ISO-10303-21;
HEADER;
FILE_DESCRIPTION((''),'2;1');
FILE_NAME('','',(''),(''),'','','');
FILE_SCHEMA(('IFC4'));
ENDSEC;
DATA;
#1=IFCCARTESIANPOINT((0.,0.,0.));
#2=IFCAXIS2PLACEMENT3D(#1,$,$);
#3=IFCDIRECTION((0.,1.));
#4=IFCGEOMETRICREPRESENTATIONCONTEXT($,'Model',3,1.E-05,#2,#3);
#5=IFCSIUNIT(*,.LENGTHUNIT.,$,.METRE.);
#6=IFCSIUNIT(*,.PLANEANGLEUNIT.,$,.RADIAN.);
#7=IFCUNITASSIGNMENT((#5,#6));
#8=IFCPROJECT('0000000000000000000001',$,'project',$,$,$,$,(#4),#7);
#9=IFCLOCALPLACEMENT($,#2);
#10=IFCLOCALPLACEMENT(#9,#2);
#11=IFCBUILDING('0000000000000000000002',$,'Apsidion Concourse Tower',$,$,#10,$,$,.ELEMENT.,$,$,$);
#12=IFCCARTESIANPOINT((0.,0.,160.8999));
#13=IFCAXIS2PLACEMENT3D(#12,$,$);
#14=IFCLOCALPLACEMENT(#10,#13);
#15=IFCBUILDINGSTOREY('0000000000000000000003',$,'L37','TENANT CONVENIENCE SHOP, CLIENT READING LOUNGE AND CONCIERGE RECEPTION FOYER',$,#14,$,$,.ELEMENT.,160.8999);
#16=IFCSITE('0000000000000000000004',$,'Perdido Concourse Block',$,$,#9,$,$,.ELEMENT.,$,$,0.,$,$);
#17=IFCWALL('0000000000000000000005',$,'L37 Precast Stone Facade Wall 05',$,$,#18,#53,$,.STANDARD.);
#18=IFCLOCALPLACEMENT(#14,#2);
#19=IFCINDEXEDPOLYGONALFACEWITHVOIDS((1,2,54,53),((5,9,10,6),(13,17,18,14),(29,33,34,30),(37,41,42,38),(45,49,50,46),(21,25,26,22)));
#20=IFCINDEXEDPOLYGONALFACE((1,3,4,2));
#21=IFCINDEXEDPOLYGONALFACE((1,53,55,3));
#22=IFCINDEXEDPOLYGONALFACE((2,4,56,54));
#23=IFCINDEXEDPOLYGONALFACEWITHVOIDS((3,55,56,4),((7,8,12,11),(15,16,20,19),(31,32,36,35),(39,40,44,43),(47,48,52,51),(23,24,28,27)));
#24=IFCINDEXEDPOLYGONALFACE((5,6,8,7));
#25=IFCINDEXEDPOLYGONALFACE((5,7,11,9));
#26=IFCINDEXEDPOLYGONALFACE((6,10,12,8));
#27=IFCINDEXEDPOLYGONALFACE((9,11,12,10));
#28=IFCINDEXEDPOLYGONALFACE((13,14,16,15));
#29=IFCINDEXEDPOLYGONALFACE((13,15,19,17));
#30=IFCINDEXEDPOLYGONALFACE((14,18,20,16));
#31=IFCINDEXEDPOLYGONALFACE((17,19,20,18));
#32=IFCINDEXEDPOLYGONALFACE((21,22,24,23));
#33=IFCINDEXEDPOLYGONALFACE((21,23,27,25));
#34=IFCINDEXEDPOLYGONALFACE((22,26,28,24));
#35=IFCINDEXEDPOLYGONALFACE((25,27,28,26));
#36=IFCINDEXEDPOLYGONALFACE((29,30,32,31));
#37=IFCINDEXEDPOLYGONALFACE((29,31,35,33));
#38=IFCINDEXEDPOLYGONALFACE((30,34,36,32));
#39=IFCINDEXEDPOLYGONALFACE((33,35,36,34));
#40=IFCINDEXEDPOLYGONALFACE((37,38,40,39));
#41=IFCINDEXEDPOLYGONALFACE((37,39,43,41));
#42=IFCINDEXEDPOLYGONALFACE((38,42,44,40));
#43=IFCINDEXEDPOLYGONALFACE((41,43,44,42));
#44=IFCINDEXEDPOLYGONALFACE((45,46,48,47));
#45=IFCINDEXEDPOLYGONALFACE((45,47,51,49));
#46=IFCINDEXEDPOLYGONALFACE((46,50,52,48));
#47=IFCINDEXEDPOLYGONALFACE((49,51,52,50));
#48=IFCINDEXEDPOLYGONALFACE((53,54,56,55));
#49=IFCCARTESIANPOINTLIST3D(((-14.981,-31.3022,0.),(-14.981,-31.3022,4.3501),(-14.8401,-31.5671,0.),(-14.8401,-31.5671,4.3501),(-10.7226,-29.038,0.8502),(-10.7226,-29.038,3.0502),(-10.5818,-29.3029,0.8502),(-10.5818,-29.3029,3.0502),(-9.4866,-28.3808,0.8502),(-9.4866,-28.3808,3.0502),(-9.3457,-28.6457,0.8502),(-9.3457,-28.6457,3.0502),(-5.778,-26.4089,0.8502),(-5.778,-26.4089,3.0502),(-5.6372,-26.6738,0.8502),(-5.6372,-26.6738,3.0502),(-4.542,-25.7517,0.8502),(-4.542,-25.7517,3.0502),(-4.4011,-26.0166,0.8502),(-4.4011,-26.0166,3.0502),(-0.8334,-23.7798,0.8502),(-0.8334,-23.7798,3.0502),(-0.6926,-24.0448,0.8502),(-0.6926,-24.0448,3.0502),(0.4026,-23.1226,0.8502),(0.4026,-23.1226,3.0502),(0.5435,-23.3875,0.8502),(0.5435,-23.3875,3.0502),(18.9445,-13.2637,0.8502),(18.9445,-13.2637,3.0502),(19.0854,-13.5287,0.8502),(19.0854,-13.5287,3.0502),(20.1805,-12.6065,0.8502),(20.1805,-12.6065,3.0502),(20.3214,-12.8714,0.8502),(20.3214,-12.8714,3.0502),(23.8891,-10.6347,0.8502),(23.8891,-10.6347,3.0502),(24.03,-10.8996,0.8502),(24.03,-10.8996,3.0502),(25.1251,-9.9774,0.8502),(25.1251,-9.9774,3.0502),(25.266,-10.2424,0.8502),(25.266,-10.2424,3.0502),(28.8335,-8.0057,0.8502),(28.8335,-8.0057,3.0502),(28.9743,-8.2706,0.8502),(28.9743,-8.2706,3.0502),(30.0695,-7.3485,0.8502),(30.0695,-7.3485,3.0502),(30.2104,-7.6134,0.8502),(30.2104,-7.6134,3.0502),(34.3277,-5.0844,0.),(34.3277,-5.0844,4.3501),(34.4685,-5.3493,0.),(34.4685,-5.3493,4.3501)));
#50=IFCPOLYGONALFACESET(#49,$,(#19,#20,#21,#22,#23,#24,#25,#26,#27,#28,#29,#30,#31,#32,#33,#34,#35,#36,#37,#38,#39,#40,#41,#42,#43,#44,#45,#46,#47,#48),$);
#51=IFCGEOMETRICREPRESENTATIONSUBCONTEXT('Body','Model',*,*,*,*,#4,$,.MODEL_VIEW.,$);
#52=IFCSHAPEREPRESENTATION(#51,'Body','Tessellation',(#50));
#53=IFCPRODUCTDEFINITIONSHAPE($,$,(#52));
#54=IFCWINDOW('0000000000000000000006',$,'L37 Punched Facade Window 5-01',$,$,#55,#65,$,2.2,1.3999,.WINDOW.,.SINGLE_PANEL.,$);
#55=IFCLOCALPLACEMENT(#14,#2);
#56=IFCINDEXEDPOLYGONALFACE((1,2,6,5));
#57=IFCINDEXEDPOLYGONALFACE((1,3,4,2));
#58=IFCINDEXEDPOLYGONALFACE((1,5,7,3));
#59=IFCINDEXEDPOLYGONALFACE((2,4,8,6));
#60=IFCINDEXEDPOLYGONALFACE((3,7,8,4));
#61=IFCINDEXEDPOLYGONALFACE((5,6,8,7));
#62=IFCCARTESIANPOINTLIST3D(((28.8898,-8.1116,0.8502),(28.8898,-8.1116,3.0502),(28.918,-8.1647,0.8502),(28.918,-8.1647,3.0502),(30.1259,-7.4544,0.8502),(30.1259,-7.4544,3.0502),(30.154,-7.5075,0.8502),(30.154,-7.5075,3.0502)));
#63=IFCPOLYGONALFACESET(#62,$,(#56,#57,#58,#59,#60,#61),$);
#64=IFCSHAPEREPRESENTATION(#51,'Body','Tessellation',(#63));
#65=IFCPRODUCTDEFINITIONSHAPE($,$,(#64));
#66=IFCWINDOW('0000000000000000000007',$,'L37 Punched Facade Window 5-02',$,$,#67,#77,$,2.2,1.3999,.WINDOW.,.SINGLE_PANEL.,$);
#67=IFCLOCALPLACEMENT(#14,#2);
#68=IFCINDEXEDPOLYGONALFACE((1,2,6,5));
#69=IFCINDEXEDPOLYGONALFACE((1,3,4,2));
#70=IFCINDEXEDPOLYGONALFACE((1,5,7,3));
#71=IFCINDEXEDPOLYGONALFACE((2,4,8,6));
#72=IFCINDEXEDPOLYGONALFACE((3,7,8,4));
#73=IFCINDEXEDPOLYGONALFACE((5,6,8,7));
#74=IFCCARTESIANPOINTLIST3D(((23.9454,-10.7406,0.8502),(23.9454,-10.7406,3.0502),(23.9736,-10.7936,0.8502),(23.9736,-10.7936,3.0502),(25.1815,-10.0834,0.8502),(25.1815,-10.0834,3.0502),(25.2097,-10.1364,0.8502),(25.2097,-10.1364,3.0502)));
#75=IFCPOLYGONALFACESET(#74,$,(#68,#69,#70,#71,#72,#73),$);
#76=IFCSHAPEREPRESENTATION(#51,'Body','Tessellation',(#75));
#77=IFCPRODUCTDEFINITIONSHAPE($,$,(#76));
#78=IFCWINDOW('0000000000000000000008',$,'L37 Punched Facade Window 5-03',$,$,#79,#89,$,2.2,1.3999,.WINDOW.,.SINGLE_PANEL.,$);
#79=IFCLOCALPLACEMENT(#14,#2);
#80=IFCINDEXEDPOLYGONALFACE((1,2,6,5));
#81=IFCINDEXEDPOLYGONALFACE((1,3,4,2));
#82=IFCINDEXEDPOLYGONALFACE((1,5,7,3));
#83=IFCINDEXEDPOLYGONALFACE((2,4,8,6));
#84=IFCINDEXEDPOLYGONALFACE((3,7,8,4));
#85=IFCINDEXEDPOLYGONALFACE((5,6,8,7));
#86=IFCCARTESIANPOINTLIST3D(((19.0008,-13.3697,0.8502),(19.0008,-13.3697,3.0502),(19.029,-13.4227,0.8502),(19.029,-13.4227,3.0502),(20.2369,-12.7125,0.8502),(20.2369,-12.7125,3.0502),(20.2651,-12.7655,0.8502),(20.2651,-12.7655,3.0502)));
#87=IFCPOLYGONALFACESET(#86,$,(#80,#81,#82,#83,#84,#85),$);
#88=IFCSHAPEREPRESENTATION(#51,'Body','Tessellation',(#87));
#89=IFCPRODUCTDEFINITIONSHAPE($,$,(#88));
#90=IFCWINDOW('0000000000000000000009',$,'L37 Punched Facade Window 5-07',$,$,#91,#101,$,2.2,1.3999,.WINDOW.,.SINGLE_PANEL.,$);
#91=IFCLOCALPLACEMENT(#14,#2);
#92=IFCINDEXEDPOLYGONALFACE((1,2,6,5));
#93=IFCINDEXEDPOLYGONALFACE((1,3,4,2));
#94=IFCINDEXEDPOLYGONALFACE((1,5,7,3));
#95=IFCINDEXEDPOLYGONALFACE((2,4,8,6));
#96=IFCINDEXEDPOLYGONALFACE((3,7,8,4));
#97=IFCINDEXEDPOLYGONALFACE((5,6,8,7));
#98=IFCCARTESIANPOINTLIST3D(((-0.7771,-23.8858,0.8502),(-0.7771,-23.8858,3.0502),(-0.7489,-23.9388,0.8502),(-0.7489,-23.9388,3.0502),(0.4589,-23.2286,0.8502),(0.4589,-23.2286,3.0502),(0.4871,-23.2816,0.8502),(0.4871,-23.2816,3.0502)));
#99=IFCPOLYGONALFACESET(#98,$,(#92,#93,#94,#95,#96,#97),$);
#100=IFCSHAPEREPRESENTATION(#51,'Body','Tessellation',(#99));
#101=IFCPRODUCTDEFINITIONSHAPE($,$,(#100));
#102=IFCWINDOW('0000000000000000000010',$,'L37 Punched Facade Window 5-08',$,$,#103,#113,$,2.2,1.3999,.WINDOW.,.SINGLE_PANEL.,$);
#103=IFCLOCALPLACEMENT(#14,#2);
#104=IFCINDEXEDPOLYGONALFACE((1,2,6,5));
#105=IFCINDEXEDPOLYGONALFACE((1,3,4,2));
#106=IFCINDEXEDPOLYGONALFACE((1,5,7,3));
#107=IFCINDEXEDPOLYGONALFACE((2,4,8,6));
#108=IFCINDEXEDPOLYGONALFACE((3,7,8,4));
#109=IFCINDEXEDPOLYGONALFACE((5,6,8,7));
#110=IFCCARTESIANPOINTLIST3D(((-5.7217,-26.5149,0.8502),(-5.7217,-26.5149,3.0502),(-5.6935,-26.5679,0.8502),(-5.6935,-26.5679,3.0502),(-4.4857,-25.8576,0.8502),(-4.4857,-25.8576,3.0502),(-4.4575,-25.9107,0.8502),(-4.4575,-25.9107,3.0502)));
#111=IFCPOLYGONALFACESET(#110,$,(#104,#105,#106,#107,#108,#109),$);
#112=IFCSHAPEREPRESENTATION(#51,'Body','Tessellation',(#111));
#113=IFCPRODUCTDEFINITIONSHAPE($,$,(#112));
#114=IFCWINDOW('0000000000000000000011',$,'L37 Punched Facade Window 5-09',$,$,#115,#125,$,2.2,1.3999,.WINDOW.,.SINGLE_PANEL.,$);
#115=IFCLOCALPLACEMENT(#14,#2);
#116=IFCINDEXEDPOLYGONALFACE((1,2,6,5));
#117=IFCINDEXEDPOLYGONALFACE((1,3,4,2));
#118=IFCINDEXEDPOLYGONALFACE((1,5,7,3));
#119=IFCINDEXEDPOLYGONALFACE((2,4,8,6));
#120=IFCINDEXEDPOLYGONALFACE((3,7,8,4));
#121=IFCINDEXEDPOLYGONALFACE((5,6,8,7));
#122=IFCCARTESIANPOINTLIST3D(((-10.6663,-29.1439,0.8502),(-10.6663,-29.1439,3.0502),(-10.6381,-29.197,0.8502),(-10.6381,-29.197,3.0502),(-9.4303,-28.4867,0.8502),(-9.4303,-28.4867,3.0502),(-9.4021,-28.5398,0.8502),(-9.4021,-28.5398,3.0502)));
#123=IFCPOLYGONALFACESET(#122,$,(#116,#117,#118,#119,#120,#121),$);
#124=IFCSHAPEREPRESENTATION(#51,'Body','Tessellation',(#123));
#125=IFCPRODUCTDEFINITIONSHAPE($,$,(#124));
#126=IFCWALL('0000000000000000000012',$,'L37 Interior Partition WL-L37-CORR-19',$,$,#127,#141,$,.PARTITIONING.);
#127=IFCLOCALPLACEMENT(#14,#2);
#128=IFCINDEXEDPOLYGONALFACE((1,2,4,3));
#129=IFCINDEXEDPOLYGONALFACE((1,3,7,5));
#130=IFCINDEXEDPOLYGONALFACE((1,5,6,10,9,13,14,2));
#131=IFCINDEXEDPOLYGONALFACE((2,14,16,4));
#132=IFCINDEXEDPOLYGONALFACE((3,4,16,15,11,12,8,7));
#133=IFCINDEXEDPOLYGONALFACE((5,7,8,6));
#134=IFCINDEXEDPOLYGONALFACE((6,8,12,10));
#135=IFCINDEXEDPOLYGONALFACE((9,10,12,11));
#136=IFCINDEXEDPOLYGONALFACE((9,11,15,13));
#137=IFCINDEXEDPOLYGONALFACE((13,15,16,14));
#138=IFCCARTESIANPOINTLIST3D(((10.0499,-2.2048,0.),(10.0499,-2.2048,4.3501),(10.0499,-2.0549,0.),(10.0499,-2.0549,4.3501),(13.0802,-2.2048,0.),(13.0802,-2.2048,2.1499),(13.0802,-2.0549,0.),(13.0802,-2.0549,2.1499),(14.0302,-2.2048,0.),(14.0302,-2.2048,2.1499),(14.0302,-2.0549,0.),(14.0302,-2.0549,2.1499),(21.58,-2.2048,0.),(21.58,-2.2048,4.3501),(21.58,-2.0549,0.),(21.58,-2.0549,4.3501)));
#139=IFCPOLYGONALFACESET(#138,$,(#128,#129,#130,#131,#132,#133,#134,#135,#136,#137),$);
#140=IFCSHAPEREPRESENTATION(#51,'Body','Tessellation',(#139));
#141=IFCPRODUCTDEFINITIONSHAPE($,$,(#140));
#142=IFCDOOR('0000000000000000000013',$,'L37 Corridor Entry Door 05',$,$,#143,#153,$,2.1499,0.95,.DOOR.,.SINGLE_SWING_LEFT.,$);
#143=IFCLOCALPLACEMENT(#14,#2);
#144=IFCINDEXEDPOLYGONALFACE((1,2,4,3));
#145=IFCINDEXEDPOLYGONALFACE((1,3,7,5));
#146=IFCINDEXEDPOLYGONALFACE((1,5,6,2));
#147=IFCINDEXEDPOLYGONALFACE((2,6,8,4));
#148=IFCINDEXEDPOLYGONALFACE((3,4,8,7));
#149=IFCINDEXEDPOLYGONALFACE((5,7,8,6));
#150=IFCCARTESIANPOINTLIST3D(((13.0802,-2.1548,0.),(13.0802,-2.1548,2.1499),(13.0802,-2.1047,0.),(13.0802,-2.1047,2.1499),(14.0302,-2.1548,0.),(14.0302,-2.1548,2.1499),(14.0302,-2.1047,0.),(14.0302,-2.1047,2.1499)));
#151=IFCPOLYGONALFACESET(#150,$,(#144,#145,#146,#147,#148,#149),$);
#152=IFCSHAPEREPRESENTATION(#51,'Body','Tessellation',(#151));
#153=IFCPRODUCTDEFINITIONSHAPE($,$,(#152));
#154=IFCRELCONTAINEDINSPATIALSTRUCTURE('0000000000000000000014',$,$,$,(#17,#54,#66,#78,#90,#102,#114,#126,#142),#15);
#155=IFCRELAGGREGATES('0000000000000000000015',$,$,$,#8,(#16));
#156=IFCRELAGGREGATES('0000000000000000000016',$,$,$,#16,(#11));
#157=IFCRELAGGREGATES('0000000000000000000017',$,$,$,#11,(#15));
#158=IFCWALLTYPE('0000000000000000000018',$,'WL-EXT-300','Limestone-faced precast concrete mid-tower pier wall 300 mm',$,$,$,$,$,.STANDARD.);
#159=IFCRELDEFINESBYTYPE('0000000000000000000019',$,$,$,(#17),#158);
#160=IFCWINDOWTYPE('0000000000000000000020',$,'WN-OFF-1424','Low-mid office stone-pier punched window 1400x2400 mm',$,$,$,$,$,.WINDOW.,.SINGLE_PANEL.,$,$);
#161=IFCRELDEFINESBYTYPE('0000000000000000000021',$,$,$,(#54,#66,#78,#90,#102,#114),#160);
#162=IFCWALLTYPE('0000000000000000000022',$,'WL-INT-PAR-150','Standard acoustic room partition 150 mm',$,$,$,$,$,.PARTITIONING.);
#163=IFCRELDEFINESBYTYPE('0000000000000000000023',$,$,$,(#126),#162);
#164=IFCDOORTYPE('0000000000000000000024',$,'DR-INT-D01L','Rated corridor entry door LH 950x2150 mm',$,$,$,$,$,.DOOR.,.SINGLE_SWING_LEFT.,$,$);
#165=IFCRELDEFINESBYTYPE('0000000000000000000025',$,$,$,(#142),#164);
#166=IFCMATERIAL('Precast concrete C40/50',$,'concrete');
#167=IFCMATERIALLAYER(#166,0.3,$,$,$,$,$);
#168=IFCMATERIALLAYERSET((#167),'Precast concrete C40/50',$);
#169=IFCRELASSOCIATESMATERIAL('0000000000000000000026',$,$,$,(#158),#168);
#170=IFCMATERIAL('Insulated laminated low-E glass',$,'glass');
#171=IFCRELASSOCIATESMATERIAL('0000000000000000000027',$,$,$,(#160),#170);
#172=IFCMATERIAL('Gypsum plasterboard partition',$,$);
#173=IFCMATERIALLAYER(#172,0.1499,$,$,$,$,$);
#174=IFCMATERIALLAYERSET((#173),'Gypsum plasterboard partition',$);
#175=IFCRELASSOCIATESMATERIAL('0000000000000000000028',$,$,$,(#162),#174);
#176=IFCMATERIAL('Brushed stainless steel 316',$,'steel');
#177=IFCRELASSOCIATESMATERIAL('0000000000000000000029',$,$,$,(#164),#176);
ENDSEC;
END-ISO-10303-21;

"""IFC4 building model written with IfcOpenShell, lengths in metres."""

from ifc_helpers import new_model, si_unit, direction, frame, frame_2d, origin, place, context, subcontext, project, spatial, rectangle, extrude, material, layer, layer_set, type_object, element, fill, save


model = new_model("IFC4")

# Units and contexts
model_context = context("Model", 3, precision=1e-05, world=origin(), true_north=direction((0.0, 1.0)))
body_context = subcontext(model_context, "Body", "Model", "MODEL_VIEW")
ifc_project = project(units=[si_unit("LENGTHUNIT", "METRE"), si_unit("PLANEANGLEUNIT", "RADIAN")], contexts=[model_context])

# Site, building, storey
site_placement = place(None, origin())
site = spatial("IfcSite", under=ifc_project, at=site_placement, Name="Perdido Concourse Block", CompositionType="ELEMENT", RefElevation=0.0)
building_placement = place(site_placement, origin())
building = spatial("IfcBuilding", under=site, at=building_placement, Name="Apsidion Concourse Tower", CompositionType="ELEMENT")
storey_placement = place(building_placement, frame((0.0, 0.0, 160.8999)))
storey = spatial("IfcBuildingStorey", under=building, at=storey_placement, Name="L37", Description="TENANT CONVENIENCE SHOP, CLIENT READING LOUNGE AND CONCIERGE RECEPTION FOYER", CompositionType="ELEMENT", Elevation=160.8999)

# Shared definitions
ifc_material_1 = material(Name="Insulated laminated low-E glass", Category="glass")

# Shared definitions
ifc_material_2 = material(Name="Precast concrete C40/50", Category="concrete")
ifc_layer_1 = layer(ifc_material_2, 0.3)
ifc_layer_set_1 = layer_set([ifc_layer_1], Name="Precast concrete C40/50")
wall_type_1 = type_object("IfcWallType", Name="WL-EXT-300", Description="Limestone-faced precast concrete mid-tower pier wall 300 mm", PredefinedType="STANDARD", material=ifc_layer_set_1)

# Wall, openings, windows
wall_1_placement = place(storey_placement, frame((34.3982, -5.2168, 0.0), z_axis=(0.0, 0.0, 1.0), x_axis=(-0.882948, -0.469471, 0.0)))
wall_1 = element("IfcWall", 1, at=wall_1_placement, inside=storey, type_object=wall_type_1, Name="L37 Precast Stone Facade Wall 05", PredefinedType="STANDARD", context=body_context, shape_type="SweptSolid", body=[
    extrude(rectangle(XDim=55.8455, YDim=0.3, at=frame_2d((27.9229, 0.0))), origin(), (0.0, 0.0, 1.0), 4.3501),
])
opening_1_placement = place(wall_1_placement, frame((4.8228, 0.0, 0.8501)))
opening_1 = element("IfcOpeningElement", 2, at=opening_1_placement, cuts=wall_1, PredefinedType="OPENING", context=body_context, shape_type="SweptSolid", body=[
    extrude(rectangle(XDim=1.3999, YDim=2.2, at=frame_2d((0.7, 1.1001))), frame((0.0, 0.1602, 0.0), z_axis=(0.0, -1.0, 0.0), x_axis=(1.0, 0.0, 0.0)), (0.0, 0.0, 1.0), 0.3201),
])
opening_2_placement = place(wall_1_placement, frame((10.4226, 0.0, 0.8501)))
opening_2 = element("IfcOpeningElement", 3, at=opening_2_placement, cuts=wall_1, PredefinedType="OPENING", context=body_context, shape_type="SweptSolid", body=[
    extrude(rectangle(XDim=1.3999, YDim=2.2, at=frame_2d((0.7, 1.1001))), frame((0.0, 0.1602, 0.0), z_axis=(0.0, -1.0, 0.0), x_axis=(1.0, 0.0, 0.0)), (0.0, 0.0, 1.0), 0.3201),
])
opening_3_placement = place(wall_1_placement, frame((16.0227, 0.0, 0.8501)))
opening_3 = element("IfcOpeningElement", 4, at=opening_3_placement, cuts=wall_1, PredefinedType="OPENING", context=body_context, shape_type="SweptSolid", body=[
    extrude(rectangle(XDim=1.3999, YDim=2.2, at=frame_2d((0.7, 1.1001))), frame((0.0, 0.1602, 0.0), z_axis=(0.0, -1.0, 0.0), x_axis=(1.0, 0.0, 0.0)), (0.0, 0.0, 1.0), 0.3201),
])
opening_4_placement = place(wall_1_placement, frame((38.4226, 0.0, 0.8501)))
opening_4 = element("IfcOpeningElement", 5, at=opening_4_placement, cuts=wall_1, PredefinedType="OPENING", context=body_context, shape_type="SweptSolid", body=[
    extrude(rectangle(XDim=1.3999, YDim=2.2, at=frame_2d((0.7, 1.1001))), frame((0.0, 0.1602, 0.0), z_axis=(0.0, -1.0, 0.0), x_axis=(1.0, 0.0, 0.0)), (0.0, 0.0, 1.0), 0.3201),
])
opening_5_placement = place(wall_1_placement, frame((44.0227, 0.0, 0.8501)))
opening_5 = element("IfcOpeningElement", 6, at=opening_5_placement, cuts=wall_1, PredefinedType="OPENING", context=body_context, shape_type="SweptSolid", body=[
    extrude(rectangle(XDim=1.3999, YDim=2.2, at=frame_2d((0.7, 1.1001))), frame((0.0, 0.1602, 0.0), z_axis=(0.0, -1.0, 0.0), x_axis=(1.0, 0.0, 0.0)), (0.0, 0.0, 1.0), 0.3201),
])
opening_6_placement = place(wall_1_placement, frame((49.6228, 0.0, 0.8501)))
opening_6 = element("IfcOpeningElement", 7, at=opening_6_placement, cuts=wall_1, PredefinedType="OPENING", context=body_context, shape_type="SweptSolid", body=[
    extrude(rectangle(XDim=1.3999, YDim=2.2, at=frame_2d((0.7, 1.1001))), frame((0.0, 0.1602, 0.0), z_axis=(0.0, -1.0, 0.0), x_axis=(1.0, 0.0, 0.0)), (0.0, 0.0, 1.0), 0.3201),
])
window_type = type_object("IfcWindowType", Name="WN-OFF-1424", Description="Low-mid office stone-pier punched window 1400x2400 mm", PartitioningType="SINGLE_PANEL", PredefinedType="WINDOW", material=ifc_material_1)
window_1_placement = place(opening_1_placement, origin())
window_1 = element("IfcWindow", 8, at=window_1_placement, inside=storey, type_object=window_type, Name="L37 Punched Facade Window 5-01", OverallHeight=2.2, OverallWidth=1.3999, PartitioningType="SINGLE_PANEL", PredefinedType="WINDOW", context=body_context, shape_type="SweptSolid", body=[
    extrude(rectangle(XDim=1.3999, YDim=2.2, at=frame_2d((0.7, 1.1001))), frame((0.0, 0.03, 0.0), z_axis=(0.0, -1.0, 0.0), x_axis=(1.0, 0.0, 0.0)), (0.0, 0.0, 1.0), 0.0601),
])
fill(opening_1, window_1)
window_2_placement = place(opening_2_placement, origin())
window_2 = element("IfcWindow", 9, at=window_2_placement, inside=storey, type_object=window_type, Name="L37 Punched Facade Window 5-02", OverallHeight=2.2, OverallWidth=1.3999, PartitioningType="SINGLE_PANEL", PredefinedType="WINDOW", context=body_context, shape_type="SweptSolid", body=[
    extrude(rectangle(XDim=1.3999, YDim=2.2, at=frame_2d((0.7, 1.1001))), frame((0.0, 0.03, 0.0), z_axis=(0.0, -1.0, 0.0), x_axis=(1.0, 0.0, 0.0)), (0.0, 0.0, 1.0), 0.0601),
])
fill(opening_2, window_2)
window_3_placement = place(opening_3_placement, origin())
window_3 = element("IfcWindow", 10, at=window_3_placement, inside=storey, type_object=window_type, Name="L37 Punched Facade Window 5-03", OverallHeight=2.2, OverallWidth=1.3999, PartitioningType="SINGLE_PANEL", PredefinedType="WINDOW", context=body_context, shape_type="SweptSolid", body=[
    extrude(rectangle(XDim=1.3999, YDim=2.2, at=frame_2d((0.7, 1.1001))), frame((0.0, 0.03, 0.0), z_axis=(0.0, -1.0, 0.0), x_axis=(1.0, 0.0, 0.0)), (0.0, 0.0, 1.0), 0.0601),
])
fill(opening_3, window_3)
window_4_placement = place(opening_4_placement, origin())
window_4 = element("IfcWindow", 11, at=window_4_placement, inside=storey, type_object=window_type, Name="L37 Punched Facade Window 5-07", OverallHeight=2.2, OverallWidth=1.3999, PartitioningType="SINGLE_PANEL", PredefinedType="WINDOW", context=body_context, shape_type="SweptSolid", body=[
    extrude(rectangle(XDim=1.3999, YDim=2.2, at=frame_2d((0.7, 1.1001))), frame((0.0, 0.03, 0.0), z_axis=(0.0, -1.0, 0.0), x_axis=(1.0, 0.0, 0.0)), (0.0, 0.0, 1.0), 0.0601),
])
fill(opening_4, window_4)
window_5_placement = place(opening_5_placement, origin())
window_5 = element("IfcWindow", 12, at=window_5_placement, inside=storey, type_object=window_type, Name="L37 Punched Facade Window 5-08", OverallHeight=2.2, OverallWidth=1.3999, PartitioningType="SINGLE_PANEL", PredefinedType="WINDOW", context=body_context, shape_type="SweptSolid", body=[
    extrude(rectangle(XDim=1.3999, YDim=2.2, at=frame_2d((0.7, 1.1001))), frame((0.0, 0.03, 0.0), z_axis=(0.0, -1.0, 0.0), x_axis=(1.0, 0.0, 0.0)), (0.0, 0.0, 1.0), 0.0601),
])
fill(opening_5, window_5)
window_6_placement = place(opening_6_placement, origin())
window_6 = element("IfcWindow", 13, at=window_6_placement, inside=storey, type_object=window_type, Name="L37 Punched Facade Window 5-09", OverallHeight=2.2, OverallWidth=1.3999, PartitioningType="SINGLE_PANEL", PredefinedType="WINDOW", context=body_context, shape_type="SweptSolid", body=[
    extrude(rectangle(XDim=1.3999, YDim=2.2, at=frame_2d((0.7, 1.1001))), frame((0.0, 0.03, 0.0), z_axis=(0.0, -1.0, 0.0), x_axis=(1.0, 0.0, 0.0)), (0.0, 0.0, 1.0), 0.0601),
])
fill(opening_6, window_6)

# Wall, opening, door
ifc_material_3 = material(Name="Gypsum plasterboard partition")
ifc_layer_2 = layer(ifc_material_3, 0.1499)
ifc_layer_set_2 = layer_set([ifc_layer_2], Name="Gypsum plasterboard partition")
wall_type_2 = type_object("IfcWallType", Name="WL-INT-PAR-150", Description="Standard acoustic room partition 150 mm", PredefinedType="PARTITIONING", material=ifc_layer_set_2)
wall_2_placement = place(storey_placement, frame((21.5801, -2.1299, 0.0), z_axis=(0.0, 0.0, 1.0), x_axis=(-1.0, 0.0, 0.0)))
wall_2 = element("IfcWall", 14, at=wall_2_placement, inside=storey, type_object=wall_type_2, Name="L37 Interior Partition WL-L37-CORR-19", PredefinedType="PARTITIONING", context=body_context, shape_type="SweptSolid", body=[
    extrude(rectangle(XDim=11.53, YDim=0.1499, at=frame_2d((5.7651, 0.0))), origin(), (0.0, 0.0, 1.0), 4.3501),
])
opening_7_placement = place(wall_2_placement, frame((7.5498, 0.0, 0.0)))
opening_7 = element("IfcOpeningElement", 15, at=opening_7_placement, cuts=wall_2, PredefinedType="OPENING", context=body_context, shape_type="SweptSolid", body=[
    extrude(rectangle(XDim=0.95, YDim=2.1499, at=frame_2d((0.4751, 1.075))), frame((0.0, 0.085, 0.0), z_axis=(0.0, -1.0, 0.0), x_axis=(1.0, 0.0, 0.0)), (0.0, 0.0, 1.0), 0.1699),
])
ifc_material_4 = material(Name="Brushed stainless steel 316", Category="steel")
door_type_1 = type_object("IfcDoorType", Name="DR-INT-D01L", Description="Rated corridor entry door LH 950x2150 mm", OperationType="SINGLE_SWING_LEFT", PredefinedType="DOOR", material=ifc_material_4)
door_1_placement = place(opening_7_placement, origin())
door_1 = element("IfcDoor", 16, at=door_1_placement, inside=storey, type_object=door_type_1, Name="L37 Corridor Entry Door 05", OperationType="SINGLE_SWING_LEFT", OverallHeight=2.1499, OverallWidth=0.95, PredefinedType="DOOR", context=body_context, shape_type="SweptSolid", body=[
    extrude(rectangle(XDim=0.95, YDim=2.1499, at=frame_2d((0.4751, 1.075))), frame((0.0, 0.0249, 0.0), z_axis=(0.0, -1.0, 0.0), x_axis=(1.0, 0.0, 0.0)), (0.0, 0.0, 1.0), 0.05),
])
fill(opening_7, door_1)

save(model, "model.ifc")
